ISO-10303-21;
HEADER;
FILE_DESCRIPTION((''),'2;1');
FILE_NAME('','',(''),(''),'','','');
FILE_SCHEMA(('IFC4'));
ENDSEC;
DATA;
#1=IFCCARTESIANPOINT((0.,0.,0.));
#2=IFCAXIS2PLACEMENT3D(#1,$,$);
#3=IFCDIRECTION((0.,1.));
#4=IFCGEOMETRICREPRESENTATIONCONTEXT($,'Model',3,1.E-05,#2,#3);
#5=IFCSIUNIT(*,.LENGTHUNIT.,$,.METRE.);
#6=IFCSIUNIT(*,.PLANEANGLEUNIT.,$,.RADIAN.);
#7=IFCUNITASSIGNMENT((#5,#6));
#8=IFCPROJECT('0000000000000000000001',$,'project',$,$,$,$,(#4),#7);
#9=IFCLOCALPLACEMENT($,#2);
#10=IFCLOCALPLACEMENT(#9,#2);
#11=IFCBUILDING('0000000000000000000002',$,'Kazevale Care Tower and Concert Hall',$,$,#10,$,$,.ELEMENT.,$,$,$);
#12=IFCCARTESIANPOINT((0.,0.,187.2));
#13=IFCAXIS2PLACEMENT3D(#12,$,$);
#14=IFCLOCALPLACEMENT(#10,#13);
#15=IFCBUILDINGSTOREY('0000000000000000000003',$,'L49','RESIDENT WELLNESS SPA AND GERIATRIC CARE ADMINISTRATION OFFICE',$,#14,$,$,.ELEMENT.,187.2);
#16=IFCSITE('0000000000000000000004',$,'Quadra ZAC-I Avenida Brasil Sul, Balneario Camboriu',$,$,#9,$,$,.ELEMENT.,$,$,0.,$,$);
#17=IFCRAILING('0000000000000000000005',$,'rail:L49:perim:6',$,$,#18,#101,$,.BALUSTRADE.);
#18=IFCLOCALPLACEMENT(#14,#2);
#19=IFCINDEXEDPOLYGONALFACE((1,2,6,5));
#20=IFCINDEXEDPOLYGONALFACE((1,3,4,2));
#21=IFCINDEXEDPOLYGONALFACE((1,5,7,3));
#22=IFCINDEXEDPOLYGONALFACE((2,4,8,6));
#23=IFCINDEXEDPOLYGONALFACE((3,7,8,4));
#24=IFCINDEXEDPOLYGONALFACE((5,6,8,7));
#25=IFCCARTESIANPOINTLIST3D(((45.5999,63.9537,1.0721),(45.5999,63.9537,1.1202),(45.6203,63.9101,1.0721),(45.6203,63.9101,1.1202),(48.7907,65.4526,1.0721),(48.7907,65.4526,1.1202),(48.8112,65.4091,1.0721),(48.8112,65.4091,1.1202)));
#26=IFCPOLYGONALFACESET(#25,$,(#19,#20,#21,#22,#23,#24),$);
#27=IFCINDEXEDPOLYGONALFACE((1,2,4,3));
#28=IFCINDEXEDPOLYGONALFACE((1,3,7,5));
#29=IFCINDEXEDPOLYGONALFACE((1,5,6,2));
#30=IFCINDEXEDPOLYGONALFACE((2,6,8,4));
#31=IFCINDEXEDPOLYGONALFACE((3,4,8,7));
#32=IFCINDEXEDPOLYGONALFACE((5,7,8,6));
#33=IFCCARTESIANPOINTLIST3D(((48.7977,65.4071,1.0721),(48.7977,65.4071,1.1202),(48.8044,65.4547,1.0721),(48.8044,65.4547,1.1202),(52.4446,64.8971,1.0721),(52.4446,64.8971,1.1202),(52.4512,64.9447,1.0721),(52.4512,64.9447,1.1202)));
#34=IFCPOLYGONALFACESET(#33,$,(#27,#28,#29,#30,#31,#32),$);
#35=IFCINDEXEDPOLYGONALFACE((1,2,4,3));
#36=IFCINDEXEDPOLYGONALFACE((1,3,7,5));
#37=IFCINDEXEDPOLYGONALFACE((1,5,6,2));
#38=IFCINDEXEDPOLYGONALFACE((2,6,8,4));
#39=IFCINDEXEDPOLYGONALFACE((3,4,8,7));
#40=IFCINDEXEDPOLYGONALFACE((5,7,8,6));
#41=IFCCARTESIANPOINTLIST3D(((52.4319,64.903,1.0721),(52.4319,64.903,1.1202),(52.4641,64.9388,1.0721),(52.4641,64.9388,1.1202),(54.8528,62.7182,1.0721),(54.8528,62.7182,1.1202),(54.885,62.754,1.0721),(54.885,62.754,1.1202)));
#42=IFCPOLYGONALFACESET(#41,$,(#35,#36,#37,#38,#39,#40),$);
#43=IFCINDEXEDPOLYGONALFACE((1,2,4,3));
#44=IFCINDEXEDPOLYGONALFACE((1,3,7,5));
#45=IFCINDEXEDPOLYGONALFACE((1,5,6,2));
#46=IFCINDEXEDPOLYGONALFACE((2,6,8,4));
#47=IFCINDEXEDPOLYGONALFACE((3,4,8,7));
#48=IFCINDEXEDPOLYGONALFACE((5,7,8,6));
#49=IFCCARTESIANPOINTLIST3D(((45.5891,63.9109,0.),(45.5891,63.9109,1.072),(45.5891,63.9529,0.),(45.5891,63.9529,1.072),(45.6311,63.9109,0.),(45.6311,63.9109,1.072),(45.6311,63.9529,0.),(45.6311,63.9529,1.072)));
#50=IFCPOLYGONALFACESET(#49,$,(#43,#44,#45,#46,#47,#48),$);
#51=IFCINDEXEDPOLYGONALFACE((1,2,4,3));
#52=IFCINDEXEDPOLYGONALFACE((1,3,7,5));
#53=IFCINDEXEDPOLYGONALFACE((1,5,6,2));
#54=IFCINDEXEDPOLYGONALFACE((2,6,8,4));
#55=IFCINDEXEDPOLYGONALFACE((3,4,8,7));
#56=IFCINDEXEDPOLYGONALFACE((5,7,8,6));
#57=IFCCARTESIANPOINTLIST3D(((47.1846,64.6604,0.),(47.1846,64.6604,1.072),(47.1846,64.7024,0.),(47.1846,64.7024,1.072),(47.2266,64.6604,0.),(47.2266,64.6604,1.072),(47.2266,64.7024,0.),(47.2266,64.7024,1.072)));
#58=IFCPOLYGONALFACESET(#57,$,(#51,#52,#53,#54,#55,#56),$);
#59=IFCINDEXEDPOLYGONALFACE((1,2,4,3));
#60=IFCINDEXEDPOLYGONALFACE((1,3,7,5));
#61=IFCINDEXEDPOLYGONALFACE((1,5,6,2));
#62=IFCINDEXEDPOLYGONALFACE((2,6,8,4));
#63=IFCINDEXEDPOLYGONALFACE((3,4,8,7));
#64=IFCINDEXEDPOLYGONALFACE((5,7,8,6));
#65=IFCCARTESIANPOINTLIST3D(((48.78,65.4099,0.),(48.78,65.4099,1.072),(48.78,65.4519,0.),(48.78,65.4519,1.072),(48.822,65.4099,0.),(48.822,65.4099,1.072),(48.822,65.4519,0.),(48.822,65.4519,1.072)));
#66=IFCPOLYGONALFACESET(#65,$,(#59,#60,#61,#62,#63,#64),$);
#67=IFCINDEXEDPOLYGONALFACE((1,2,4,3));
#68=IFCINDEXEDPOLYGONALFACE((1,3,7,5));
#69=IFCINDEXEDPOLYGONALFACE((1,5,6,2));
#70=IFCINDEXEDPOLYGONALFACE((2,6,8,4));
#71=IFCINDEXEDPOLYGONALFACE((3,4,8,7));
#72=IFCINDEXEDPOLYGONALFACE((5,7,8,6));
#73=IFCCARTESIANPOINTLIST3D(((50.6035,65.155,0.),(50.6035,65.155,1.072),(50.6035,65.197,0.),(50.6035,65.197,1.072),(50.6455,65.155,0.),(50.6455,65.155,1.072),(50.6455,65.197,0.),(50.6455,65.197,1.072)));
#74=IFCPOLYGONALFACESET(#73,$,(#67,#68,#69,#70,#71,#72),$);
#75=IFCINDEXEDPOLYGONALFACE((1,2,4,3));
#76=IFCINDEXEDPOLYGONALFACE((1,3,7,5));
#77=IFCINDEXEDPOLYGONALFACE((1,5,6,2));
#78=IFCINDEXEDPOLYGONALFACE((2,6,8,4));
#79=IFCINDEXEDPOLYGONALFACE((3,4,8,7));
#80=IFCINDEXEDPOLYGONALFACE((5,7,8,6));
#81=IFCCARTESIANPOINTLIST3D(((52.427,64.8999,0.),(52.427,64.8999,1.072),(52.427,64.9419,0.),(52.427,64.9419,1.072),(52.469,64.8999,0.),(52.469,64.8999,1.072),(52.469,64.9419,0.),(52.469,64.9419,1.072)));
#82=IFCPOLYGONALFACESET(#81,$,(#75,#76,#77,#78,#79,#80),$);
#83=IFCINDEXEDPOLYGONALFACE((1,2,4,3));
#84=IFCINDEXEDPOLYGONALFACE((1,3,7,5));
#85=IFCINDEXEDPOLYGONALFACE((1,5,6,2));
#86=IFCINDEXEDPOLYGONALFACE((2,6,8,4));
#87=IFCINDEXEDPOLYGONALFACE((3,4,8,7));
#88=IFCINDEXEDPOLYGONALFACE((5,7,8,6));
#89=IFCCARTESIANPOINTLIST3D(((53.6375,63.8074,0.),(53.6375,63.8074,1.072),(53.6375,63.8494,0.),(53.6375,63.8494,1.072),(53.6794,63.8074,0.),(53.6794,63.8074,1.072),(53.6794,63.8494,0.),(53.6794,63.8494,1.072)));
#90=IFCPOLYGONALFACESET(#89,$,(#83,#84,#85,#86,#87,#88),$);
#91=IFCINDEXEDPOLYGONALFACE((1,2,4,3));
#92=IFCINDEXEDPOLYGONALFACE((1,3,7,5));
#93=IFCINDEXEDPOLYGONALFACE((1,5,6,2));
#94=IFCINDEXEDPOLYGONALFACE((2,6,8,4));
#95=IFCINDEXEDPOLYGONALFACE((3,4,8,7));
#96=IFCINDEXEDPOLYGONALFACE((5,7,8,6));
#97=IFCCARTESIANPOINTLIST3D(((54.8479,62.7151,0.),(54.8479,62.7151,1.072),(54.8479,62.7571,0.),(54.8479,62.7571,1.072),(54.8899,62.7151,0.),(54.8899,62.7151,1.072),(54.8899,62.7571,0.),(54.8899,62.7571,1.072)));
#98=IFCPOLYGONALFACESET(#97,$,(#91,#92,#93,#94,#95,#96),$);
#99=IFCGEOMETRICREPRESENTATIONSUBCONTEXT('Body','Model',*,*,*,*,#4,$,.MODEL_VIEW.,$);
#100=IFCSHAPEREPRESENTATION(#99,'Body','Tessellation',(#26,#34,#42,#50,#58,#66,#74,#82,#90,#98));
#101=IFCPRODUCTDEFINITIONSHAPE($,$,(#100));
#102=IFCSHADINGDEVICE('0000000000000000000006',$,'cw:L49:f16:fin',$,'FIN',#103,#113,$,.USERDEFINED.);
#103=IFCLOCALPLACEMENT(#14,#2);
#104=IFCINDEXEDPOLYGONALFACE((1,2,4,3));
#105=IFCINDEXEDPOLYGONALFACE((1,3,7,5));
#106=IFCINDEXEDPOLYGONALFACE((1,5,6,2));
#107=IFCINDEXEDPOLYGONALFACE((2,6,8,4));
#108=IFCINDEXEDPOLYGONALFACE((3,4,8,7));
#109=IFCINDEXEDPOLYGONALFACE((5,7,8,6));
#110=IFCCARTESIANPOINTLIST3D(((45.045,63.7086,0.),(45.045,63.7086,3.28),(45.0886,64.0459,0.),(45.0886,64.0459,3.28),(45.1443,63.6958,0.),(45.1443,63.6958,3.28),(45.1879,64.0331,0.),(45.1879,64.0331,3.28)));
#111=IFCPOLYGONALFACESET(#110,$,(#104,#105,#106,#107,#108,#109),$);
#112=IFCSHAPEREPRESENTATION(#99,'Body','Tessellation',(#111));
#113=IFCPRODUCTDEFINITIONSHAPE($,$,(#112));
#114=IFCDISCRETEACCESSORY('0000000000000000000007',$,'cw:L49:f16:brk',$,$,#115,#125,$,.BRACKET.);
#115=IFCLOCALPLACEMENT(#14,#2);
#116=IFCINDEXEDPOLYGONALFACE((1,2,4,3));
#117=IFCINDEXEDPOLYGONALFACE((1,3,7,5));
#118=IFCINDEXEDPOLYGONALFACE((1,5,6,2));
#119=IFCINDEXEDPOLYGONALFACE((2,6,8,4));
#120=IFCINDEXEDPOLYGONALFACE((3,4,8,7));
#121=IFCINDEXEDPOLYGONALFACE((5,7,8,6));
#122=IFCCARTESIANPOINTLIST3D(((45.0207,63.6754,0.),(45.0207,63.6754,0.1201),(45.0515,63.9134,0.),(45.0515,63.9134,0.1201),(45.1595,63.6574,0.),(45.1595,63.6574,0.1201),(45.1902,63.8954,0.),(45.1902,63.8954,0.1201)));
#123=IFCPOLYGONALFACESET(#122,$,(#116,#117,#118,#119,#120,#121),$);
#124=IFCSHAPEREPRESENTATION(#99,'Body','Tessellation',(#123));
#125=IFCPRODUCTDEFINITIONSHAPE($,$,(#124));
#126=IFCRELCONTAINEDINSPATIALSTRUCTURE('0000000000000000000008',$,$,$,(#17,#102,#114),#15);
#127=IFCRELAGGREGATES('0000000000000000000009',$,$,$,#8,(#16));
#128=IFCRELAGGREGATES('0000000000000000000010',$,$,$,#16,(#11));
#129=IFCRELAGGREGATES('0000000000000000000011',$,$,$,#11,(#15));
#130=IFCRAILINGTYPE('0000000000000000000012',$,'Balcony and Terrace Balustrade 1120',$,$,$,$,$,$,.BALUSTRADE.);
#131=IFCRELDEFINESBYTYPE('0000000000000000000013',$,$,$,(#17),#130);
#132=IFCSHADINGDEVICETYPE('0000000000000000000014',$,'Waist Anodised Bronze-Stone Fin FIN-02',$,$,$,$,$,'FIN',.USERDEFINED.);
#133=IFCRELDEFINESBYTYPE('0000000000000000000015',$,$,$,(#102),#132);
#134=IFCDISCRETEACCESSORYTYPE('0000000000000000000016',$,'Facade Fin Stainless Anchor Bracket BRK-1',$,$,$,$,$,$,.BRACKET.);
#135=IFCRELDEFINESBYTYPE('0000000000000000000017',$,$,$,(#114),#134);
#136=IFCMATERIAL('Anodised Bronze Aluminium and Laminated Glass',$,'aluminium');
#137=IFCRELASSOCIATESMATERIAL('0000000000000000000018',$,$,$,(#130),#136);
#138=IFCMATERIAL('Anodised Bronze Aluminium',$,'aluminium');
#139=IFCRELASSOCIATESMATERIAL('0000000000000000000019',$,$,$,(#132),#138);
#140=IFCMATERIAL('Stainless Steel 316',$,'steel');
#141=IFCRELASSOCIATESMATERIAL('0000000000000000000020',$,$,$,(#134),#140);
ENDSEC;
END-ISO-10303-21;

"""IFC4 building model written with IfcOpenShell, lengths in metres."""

from ifc_helpers import new_model, si_unit, direction, frame, origin, origin_2d, place, context, subcontext, project, spatial, rectangle, extrude, material, type_object, element, save


model = new_model("IFC4")

# Units and contexts
model_context = context("Model", 3, precision=1e-05, world=origin(), true_north=direction((0.0, 1.0)))
body_context = subcontext(model_context, "Body", "Model", "MODEL_VIEW")
ifc_project = project(units=[si_unit("LENGTHUNIT", "METRE"), si_unit("PLANEANGLEUNIT", "RADIAN")], contexts=[model_context])

# Site, building, storey
site_placement = place(None, origin())
site = spatial("IfcSite", under=ifc_project, at=site_placement, Name="Quadra ZAC-I Avenida Brasil Sul, Balneario Camboriu", CompositionType="ELEMENT", RefElevation=0.0)
building_placement = place(site_placement, origin())
building = spatial("IfcBuilding", under=site, at=building_placement, Name="Kazevale Care Tower and Concert Hall", CompositionType="ELEMENT")
storey_placement = place(building_placement, frame((0.0, 0.0, 187.2)))
storey = spatial("IfcBuildingStorey", under=building, at=storey_placement, Name="L49", Description="RESIDENT WELLNESS SPA AND GERIATRIC CARE ADMINISTRATION OFFICE", CompositionType="ELEMENT", Elevation=187.2)

# Railing
ifc_material_1 = material(Name="Anodised Bronze Aluminium and Laminated Glass", Category="aluminium")
railing_type = type_object("IfcRailingType", Name="Balcony and Terrace Balustrade 1120", PredefinedType="BALUSTRADE", material=ifc_material_1)
railing_placement = place(storey_placement, frame((45.6101, 63.9319, 0.0)))
element("IfcRailing", 1, at=railing_placement, inside=storey, type_object=railing_type, Name="rail:L49:perim:6", PredefinedType="BALUSTRADE", context=body_context, shape_type="SweptSolid", body=[
    extrude(rectangle(XDim=0.0481, YDim=0.0481, at=origin_2d()), frame((0.0, 0.0, 1.0962), z_axis=(0.905101, 0.425197, 0.0), x_axis=(-0.425197, 0.905101, 0.0)), (0.0, 0.0, 1.0), 3.5254),
    extrude(rectangle(XDim=0.0481, YDim=0.0481, at=origin_2d()), frame((3.1909, 1.499, 1.0962), z_axis=(0.990363, -0.138497, 0.0), x_axis=(0.138497, 0.990363, 0.0)), (0.0, 0.0, 1.0), 3.6824),
    extrude(rectangle(XDim=0.0481, YDim=0.0481, at=origin_2d()), frame((6.8379, 0.989, 1.0962), z_axis=(0.742378, -0.669982, 0.0), x_axis=(0.669982, 0.742378, 0.0)), (0.0, 0.0, 1.0), 3.261),
    extrude(rectangle(XDim=0.042, YDim=0.042, at=origin_2d()), origin(), (0.0, 0.0, 1.0), 1.072),
    extrude(rectangle(XDim=0.042, YDim=0.042, at=origin_2d()), frame((1.5955, 0.7495, 0.0)), (0.0, 0.0, 1.0), 1.072),
    extrude(rectangle(XDim=0.042, YDim=0.042, at=origin_2d()), frame((3.1909, 1.499, 0.0)), (0.0, 0.0, 1.0), 1.072),
    extrude(rectangle(XDim=0.042, YDim=0.042, at=origin_2d()), frame((5.0144, 1.2441, 0.0)), (0.0, 0.0, 1.0), 1.072),
    extrude(rectangle(XDim=0.042, YDim=0.042, at=origin_2d()), frame((6.8379, 0.989, 0.0)), (0.0, 0.0, 1.0), 1.072),
    extrude(rectangle(XDim=0.042, YDim=0.042, at=origin_2d()), frame((8.0483, -0.1035, 0.0)), (0.0, 0.0, 1.0), 1.072),
    extrude(rectangle(XDim=0.042, YDim=0.042, at=origin_2d()), frame((9.2588, -1.1958, 0.0)), (0.0, 0.0, 1.0), 1.072),
])

# Shading device
ifc_material_2 = material(Name="Anodised Bronze Aluminium", Category="aluminium")
shading_device_type = type_object("IfcShadingDeviceType", Name="Waist Anodised Bronze-Stone Fin FIN-02", ElementType="FIN", PredefinedType="USERDEFINED", material=ifc_material_2)
shading_device_placement = place(storey_placement, frame((45.1165, 63.8708, 0.0), z_axis=(0.0, 0.0, 1.0), x_axis=(0.128103, 0.991761, 0.0)))
element("IfcShadingDevice", 2, at=shading_device_placement, inside=storey, type_object=shading_device_type, Name="cw:L49:f16:fin", ObjectType="FIN", PredefinedType="USERDEFINED", context=body_context, shape_type="SweptSolid", body=[
    extrude(rectangle(XDim=0.3401, YDim=0.1001, at=origin_2d()), origin(), (0.0, 0.0, 1.0), 3.28),
])

# Discrete accessory
ifc_material_3 = material(Name="Stainless Steel 316", Category="steel")
discrete_accessory_type = type_object("IfcDiscreteAccessoryType", Name="Facade Fin Stainless Anchor Bracket BRK-1", PredefinedType="BRACKET", material=ifc_material_3)
discrete_accessory_placement = place(storey_placement, frame((45.1055, 63.7854, 0.0), z_axis=(0.0, 0.0, 1.0), x_axis=(0.128103, 0.991761, 0.0)))
element("IfcDiscreteAccessory", 3, at=discrete_accessory_placement, inside=storey, type_object=discrete_accessory_type, Name="cw:L49:f16:brk", PredefinedType="BRACKET", context=body_context, shape_type="SweptSolid", body=[
    extrude(rectangle(XDim=0.24, YDim=0.1399, at=origin_2d()), origin(), (0.0, 0.0, 1.0), 0.1201),
])

save(model, "model.ifc")
